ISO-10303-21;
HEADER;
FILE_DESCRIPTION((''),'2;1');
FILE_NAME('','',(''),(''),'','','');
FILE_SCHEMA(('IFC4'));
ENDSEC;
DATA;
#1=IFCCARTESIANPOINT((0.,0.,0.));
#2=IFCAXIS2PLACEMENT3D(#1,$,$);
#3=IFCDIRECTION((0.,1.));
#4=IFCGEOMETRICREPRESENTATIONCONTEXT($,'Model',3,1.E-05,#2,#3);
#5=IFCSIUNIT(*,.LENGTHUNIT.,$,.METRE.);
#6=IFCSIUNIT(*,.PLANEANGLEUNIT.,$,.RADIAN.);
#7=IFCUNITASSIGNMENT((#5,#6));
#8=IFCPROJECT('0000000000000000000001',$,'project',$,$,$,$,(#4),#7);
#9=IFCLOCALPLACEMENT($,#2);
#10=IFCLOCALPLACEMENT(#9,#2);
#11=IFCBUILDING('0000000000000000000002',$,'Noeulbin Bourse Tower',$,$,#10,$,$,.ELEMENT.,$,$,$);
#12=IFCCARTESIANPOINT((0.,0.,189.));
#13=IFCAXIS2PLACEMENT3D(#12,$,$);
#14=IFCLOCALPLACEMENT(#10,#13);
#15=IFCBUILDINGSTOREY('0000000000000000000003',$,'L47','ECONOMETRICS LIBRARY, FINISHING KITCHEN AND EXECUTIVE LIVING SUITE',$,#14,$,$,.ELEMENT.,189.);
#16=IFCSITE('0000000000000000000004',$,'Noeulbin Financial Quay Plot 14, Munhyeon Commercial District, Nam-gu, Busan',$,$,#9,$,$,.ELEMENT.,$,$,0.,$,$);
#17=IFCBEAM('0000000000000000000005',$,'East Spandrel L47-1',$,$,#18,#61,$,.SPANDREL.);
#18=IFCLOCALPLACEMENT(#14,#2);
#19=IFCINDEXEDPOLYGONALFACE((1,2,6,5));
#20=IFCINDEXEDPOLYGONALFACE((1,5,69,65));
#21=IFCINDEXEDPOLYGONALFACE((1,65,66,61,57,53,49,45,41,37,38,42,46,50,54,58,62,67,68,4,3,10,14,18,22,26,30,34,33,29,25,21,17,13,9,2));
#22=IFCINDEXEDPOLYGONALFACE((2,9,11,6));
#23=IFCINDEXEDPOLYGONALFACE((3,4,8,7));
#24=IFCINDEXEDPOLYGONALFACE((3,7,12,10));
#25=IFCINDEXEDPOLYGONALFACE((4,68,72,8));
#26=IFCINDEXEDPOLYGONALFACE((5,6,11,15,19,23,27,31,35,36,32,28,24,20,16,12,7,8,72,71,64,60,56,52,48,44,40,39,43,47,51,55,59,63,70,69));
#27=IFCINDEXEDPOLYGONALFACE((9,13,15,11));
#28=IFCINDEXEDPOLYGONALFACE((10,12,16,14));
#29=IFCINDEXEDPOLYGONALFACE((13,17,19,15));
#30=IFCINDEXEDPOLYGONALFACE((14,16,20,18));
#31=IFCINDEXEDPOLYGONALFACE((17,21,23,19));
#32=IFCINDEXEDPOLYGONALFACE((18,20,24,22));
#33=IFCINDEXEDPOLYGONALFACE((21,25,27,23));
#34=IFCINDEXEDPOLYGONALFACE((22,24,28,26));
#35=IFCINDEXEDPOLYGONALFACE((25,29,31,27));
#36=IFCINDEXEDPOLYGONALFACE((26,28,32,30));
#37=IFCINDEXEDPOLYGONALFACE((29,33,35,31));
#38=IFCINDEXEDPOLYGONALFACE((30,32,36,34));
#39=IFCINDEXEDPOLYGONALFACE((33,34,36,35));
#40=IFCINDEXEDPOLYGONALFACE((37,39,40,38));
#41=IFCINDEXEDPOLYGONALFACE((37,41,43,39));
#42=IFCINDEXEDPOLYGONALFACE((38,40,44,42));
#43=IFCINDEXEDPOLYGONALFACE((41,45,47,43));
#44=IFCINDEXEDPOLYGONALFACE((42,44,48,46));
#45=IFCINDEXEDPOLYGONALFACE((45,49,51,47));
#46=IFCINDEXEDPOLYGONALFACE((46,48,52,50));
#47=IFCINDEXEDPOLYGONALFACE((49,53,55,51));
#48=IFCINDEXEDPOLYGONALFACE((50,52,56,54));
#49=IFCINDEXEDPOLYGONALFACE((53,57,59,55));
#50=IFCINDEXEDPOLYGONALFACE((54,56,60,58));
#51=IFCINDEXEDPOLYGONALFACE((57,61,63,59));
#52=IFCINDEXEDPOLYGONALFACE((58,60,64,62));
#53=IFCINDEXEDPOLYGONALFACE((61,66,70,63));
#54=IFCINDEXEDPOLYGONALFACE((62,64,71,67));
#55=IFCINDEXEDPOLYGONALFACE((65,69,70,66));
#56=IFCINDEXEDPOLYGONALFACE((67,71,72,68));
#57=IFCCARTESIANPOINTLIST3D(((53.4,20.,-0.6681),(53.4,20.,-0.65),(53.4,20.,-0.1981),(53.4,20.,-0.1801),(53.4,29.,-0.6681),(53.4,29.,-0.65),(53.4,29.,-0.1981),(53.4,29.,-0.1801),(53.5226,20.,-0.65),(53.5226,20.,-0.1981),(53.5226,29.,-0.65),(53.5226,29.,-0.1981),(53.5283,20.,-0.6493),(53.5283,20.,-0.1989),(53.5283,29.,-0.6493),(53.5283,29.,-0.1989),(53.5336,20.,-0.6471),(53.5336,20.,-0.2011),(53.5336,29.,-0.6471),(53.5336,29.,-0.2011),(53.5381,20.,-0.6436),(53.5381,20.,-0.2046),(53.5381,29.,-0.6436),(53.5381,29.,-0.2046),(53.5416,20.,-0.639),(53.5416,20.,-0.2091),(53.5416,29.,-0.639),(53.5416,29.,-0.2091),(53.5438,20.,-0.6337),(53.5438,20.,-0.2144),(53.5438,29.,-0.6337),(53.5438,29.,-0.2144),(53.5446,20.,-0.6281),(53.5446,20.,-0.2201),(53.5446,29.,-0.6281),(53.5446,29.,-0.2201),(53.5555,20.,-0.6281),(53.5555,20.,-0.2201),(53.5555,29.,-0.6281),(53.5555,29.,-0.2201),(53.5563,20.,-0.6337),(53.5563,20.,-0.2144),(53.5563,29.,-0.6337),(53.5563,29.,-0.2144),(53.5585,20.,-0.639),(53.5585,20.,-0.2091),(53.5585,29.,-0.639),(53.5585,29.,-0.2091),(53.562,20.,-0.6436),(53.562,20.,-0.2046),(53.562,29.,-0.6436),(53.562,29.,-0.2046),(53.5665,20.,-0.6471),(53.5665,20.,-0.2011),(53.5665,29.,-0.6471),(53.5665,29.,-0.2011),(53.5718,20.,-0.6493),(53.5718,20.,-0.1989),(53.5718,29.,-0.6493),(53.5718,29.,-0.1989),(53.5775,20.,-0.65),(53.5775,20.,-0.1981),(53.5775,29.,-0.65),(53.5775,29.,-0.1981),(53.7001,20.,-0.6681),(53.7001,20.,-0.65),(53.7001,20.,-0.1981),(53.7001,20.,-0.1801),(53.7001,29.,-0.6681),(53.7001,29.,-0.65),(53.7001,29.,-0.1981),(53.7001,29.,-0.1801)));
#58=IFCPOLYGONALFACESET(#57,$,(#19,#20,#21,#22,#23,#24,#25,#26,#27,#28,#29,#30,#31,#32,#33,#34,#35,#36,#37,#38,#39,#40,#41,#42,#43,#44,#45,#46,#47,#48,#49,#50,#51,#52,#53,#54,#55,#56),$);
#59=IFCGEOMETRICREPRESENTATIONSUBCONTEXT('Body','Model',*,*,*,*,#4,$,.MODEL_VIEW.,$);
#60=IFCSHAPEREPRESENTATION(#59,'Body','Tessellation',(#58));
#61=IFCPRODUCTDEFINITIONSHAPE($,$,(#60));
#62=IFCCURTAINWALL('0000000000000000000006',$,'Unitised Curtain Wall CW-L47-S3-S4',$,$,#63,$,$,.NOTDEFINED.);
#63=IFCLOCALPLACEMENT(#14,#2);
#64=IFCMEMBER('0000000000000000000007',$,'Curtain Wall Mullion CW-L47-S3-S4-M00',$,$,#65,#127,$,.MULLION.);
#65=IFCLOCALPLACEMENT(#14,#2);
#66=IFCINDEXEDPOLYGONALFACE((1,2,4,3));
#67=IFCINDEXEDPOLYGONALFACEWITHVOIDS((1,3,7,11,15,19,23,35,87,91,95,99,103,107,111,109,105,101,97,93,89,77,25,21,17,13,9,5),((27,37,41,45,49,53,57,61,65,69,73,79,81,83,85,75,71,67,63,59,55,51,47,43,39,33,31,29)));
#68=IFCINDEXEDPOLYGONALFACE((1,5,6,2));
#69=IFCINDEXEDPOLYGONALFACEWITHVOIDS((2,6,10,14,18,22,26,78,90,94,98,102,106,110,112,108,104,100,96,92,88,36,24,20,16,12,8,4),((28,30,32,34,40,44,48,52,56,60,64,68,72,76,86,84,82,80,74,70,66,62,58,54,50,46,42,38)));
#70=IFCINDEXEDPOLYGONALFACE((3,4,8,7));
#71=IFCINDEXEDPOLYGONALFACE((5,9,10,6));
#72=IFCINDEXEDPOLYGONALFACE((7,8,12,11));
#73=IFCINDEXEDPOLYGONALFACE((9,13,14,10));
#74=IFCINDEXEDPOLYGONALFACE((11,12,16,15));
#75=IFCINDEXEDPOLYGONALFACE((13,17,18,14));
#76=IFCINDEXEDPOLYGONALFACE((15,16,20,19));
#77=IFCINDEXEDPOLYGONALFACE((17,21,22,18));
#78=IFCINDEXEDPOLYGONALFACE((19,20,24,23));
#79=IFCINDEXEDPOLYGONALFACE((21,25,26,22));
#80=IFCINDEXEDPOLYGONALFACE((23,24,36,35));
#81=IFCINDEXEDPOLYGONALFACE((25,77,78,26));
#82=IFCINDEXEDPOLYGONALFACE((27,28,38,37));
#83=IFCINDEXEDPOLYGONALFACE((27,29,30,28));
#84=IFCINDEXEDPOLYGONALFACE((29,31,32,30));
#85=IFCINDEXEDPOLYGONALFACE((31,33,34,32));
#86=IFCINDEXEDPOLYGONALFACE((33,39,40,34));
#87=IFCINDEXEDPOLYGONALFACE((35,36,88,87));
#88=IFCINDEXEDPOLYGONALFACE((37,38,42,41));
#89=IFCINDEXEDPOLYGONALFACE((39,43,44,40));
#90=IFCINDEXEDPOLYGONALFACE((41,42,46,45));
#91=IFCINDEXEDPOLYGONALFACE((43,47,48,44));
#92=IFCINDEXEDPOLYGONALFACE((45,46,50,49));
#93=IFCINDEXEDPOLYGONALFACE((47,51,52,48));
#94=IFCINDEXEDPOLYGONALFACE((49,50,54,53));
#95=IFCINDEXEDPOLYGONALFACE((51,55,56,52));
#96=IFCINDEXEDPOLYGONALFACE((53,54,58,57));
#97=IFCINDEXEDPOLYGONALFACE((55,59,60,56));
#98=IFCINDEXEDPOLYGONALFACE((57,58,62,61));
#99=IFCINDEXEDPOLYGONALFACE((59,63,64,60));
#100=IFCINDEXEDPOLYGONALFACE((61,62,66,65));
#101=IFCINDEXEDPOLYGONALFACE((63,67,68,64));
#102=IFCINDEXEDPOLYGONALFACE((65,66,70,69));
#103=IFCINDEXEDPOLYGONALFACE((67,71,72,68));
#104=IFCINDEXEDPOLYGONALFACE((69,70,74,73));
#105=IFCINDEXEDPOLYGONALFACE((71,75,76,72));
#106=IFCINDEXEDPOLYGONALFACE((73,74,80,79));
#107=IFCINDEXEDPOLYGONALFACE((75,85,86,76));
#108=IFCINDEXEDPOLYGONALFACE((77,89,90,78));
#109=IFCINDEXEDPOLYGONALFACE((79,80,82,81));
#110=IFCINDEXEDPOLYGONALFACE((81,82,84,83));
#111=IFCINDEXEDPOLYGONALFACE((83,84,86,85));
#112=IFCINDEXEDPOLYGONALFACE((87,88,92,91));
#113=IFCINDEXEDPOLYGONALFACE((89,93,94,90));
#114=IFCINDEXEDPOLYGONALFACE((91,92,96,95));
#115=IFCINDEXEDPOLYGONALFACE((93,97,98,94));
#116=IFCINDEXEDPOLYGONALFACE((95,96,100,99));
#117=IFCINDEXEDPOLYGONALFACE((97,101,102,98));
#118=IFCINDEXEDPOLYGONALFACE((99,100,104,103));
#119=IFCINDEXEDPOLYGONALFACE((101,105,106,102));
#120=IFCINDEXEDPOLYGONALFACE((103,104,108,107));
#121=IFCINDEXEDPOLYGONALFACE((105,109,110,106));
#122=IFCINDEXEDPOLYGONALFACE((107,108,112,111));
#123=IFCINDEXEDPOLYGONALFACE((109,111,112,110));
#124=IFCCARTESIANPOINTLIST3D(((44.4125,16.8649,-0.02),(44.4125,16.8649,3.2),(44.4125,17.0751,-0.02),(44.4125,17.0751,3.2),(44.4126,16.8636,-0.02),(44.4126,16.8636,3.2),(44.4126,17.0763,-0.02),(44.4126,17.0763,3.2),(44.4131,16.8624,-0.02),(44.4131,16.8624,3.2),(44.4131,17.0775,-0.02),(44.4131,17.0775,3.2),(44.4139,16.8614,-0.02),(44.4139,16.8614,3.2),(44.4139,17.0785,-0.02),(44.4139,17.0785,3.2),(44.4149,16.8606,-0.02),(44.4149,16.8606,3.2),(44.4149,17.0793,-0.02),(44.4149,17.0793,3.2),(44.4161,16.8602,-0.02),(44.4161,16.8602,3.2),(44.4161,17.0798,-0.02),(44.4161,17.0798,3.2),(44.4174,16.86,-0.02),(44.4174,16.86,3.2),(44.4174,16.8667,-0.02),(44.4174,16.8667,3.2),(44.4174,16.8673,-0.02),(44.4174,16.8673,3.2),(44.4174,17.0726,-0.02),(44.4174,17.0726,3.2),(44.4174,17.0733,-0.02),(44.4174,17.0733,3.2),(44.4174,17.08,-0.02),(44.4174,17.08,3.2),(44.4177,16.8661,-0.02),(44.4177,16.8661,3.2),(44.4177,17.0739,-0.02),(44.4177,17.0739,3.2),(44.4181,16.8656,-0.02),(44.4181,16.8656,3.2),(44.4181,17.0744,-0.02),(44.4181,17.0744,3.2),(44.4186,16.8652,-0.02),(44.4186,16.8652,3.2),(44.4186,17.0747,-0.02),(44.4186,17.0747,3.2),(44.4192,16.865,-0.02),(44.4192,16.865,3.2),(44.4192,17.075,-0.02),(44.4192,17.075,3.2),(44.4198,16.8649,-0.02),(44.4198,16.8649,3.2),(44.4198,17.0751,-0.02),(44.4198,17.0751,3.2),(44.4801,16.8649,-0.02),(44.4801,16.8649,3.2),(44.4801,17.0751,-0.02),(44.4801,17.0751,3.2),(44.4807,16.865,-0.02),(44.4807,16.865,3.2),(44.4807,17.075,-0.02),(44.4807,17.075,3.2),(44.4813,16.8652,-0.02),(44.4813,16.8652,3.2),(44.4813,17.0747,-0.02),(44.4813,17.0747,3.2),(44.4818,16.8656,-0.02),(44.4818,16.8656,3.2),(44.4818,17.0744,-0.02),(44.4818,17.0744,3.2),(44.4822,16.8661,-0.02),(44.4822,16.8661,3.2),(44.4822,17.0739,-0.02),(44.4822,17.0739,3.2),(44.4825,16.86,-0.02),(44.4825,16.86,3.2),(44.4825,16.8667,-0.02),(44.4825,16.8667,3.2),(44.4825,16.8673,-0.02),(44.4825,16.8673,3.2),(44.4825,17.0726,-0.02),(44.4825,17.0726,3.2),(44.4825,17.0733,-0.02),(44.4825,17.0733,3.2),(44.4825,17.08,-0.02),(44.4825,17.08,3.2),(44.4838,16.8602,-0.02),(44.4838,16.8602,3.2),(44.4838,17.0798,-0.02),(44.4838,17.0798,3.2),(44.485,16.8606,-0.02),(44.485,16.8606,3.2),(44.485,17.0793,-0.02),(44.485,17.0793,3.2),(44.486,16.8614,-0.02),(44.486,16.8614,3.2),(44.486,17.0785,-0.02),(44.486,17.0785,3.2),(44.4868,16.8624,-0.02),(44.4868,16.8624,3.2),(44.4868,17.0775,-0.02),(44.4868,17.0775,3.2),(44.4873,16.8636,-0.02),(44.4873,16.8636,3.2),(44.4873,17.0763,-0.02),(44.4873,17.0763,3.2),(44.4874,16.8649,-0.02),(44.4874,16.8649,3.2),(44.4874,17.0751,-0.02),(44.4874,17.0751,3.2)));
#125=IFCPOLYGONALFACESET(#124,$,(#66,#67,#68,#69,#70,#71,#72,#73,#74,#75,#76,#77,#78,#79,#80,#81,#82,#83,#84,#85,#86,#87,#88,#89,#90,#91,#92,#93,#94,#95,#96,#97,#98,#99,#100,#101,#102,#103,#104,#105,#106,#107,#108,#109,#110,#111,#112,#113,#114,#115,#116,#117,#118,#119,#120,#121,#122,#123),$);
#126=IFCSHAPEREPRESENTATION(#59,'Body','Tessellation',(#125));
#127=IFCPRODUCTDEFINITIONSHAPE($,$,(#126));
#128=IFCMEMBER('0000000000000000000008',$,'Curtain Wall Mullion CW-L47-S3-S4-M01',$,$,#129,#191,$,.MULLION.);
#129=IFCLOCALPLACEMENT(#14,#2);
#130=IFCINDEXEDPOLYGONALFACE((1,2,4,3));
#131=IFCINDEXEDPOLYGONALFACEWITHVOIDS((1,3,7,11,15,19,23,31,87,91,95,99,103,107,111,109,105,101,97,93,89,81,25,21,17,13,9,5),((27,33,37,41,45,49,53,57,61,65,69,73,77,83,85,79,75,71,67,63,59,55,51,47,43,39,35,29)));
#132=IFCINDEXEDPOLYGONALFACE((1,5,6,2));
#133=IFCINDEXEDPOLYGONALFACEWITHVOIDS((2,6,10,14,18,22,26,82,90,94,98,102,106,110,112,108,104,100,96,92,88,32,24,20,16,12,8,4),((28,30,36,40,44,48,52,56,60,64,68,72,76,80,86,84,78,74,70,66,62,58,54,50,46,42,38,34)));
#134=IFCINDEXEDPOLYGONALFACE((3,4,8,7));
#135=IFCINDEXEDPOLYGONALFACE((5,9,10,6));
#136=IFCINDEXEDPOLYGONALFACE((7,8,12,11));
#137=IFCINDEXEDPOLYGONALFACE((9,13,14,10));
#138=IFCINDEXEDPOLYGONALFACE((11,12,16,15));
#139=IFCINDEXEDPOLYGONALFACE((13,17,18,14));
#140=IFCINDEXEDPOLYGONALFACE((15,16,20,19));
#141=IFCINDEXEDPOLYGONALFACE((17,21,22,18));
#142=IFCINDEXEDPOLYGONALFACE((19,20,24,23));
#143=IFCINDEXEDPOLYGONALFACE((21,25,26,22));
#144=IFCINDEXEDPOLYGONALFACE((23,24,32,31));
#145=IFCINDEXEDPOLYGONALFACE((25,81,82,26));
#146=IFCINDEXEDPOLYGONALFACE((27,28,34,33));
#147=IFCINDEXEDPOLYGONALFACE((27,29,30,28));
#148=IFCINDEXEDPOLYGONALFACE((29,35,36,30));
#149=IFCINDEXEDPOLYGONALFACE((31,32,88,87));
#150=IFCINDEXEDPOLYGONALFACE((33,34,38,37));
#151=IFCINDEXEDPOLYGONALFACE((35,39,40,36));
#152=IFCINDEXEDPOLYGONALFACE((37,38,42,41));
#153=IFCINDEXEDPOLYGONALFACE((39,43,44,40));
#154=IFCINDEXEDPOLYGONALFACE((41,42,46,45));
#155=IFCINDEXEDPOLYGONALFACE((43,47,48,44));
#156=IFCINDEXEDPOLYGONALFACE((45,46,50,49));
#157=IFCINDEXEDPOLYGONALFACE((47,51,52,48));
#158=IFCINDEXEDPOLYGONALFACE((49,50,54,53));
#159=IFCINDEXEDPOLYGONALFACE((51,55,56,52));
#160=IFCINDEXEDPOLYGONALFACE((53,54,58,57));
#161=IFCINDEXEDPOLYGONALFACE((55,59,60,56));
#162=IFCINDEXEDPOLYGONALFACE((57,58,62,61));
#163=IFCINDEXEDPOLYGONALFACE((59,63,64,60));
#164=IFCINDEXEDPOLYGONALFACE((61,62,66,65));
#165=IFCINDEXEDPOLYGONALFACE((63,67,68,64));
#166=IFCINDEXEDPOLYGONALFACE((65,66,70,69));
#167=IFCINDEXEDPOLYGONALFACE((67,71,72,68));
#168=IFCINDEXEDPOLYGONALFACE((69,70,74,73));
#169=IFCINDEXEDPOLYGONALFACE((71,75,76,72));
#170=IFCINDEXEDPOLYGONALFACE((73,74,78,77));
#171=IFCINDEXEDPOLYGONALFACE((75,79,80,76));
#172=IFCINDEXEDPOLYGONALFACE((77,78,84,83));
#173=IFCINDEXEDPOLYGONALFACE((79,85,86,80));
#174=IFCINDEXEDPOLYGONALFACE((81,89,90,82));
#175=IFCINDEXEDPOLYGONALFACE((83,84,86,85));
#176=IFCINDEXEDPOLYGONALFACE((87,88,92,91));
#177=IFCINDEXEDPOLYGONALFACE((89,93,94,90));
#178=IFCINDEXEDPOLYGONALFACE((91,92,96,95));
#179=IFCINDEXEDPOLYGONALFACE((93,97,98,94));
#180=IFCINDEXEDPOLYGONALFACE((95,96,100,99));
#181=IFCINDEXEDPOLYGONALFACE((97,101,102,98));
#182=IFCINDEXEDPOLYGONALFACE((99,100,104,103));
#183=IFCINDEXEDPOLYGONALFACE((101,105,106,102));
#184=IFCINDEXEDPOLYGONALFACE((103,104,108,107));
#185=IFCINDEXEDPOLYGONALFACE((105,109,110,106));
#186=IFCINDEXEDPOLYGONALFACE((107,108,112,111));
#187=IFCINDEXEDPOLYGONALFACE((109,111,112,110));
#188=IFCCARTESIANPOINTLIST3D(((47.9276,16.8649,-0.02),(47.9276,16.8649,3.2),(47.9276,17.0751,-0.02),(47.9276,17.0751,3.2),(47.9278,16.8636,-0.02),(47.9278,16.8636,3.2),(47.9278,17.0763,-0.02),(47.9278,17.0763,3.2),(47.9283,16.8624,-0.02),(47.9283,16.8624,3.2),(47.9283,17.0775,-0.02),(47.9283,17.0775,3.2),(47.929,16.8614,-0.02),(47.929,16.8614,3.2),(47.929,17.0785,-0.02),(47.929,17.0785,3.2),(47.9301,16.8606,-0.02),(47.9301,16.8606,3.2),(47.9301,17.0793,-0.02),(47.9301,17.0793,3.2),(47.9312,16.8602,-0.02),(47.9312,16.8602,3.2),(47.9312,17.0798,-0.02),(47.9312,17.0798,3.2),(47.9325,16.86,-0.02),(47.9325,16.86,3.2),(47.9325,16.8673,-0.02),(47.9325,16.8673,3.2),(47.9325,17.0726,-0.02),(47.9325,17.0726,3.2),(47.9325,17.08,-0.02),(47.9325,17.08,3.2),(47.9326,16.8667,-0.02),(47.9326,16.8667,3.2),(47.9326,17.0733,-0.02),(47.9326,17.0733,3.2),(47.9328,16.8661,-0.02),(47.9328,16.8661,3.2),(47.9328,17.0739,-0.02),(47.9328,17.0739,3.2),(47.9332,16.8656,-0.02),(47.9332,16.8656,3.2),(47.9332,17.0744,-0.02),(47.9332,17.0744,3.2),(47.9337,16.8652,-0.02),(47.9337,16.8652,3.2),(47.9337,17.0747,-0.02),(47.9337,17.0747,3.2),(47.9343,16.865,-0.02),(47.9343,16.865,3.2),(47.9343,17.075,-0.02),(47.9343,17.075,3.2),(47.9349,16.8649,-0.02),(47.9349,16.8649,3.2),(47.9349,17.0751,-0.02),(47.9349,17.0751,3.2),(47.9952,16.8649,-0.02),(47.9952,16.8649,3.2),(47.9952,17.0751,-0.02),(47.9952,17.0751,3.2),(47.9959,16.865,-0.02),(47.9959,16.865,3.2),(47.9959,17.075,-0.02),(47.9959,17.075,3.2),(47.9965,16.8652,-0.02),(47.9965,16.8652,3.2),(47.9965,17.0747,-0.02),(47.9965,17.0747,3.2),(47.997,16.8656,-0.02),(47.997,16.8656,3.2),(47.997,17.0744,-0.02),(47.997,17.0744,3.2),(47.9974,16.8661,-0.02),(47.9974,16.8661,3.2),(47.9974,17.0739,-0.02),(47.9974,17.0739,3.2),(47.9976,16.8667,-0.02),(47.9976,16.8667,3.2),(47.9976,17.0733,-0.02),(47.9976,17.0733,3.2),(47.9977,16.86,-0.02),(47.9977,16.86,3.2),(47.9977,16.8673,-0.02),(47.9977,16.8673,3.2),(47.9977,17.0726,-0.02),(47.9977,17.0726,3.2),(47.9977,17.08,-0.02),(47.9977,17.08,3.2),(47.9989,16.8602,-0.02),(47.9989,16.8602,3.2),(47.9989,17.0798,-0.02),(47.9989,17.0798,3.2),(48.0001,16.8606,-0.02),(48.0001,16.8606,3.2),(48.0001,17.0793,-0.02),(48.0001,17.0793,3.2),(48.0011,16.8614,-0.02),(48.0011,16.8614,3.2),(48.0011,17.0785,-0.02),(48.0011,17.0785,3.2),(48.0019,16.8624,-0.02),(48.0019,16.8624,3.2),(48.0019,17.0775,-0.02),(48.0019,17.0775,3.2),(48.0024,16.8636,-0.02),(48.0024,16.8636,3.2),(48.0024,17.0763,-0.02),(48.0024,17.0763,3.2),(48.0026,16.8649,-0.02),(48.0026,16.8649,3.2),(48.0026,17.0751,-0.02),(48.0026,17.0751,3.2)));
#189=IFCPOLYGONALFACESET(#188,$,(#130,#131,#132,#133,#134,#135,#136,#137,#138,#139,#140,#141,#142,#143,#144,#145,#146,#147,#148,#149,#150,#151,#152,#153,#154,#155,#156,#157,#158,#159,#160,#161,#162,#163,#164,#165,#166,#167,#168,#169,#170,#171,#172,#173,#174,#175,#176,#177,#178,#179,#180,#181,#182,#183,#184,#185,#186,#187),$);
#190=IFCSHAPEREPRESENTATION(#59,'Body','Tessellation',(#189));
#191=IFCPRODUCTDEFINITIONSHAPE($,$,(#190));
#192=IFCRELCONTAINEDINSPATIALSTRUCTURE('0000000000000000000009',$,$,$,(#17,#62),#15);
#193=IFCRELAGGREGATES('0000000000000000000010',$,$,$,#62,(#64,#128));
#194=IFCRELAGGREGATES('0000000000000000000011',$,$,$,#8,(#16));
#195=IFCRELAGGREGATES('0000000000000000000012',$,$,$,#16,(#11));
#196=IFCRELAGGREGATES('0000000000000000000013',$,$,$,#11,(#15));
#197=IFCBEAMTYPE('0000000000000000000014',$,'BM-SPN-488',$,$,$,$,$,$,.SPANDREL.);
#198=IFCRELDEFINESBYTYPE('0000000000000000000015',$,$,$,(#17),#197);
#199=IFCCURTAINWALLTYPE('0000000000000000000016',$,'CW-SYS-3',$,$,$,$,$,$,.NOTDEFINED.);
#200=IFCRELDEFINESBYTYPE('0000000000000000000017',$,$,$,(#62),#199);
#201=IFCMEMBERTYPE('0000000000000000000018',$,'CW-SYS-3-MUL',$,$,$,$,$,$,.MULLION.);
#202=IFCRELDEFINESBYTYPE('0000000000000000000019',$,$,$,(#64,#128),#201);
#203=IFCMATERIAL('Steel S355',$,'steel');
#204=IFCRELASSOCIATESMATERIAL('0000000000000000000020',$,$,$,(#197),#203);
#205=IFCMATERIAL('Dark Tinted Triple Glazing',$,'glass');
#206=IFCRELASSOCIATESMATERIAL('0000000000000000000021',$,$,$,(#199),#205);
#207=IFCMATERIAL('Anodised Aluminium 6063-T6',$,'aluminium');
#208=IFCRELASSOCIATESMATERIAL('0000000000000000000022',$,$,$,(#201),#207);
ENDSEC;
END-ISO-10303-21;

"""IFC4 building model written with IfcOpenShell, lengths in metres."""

from ifc_helpers import new_model, si_unit, direction, frame, origin, origin_2d, place, context, subcontext, project, spatial, hollow_rectangle, i_section, extrude, material, material_profile, profile_set, type_object, element, aggregate, save


model = new_model("IFC4")

# Units and contexts
model_context = context("Model", 3, precision=1e-05, world=origin(), true_north=direction((0.0, 1.0)))
body_context = subcontext(model_context, "Body", "Model", "MODEL_VIEW")
ifc_project = project(units=[si_unit("LENGTHUNIT", "METRE"), si_unit("PLANEANGLEUNIT", "RADIAN")], contexts=[model_context])

# Site, building, storey
site_placement = place(None, origin())
site = spatial("IfcSite", under=ifc_project, at=site_placement, Name="Noeulbin Financial Quay Plot 14, Munhyeon Commercial District, Nam-gu, Busan", CompositionType="ELEMENT", RefElevation=0.0)
building_placement = place(site_placement, origin())
building = spatial("IfcBuilding", under=site, at=building_placement, Name="Noeulbin Bourse Tower", CompositionType="ELEMENT")
storey_placement = place(building_placement, frame((0.0, 0.0, 189.0)))
storey = spatial("IfcBuildingStorey", under=building, at=storey_placement, Name="L47", Description="ECONOMETRICS LIBRARY, FINISHING KITCHEN AND EXECUTIVE LIVING SUITE", CompositionType="ELEMENT", Elevation=189.0)

# Shared definitions
ifc_material_1 = material(Name="Steel S355", Category="steel")

# Beam
ifc_material_profile_1 = material_profile(ifc_material_1, i_section(OverallWidth=0.3, OverallDepth=0.488, WebThickness=0.011, FlangeThickness=0.0181, FilletRadius=0.022, at=origin_2d()), Name="H-488x300x11x18", Category="LoadBearing")
ifc_profile_set_1 = profile_set([ifc_material_profile_1], Name="Steel S355")
beam_type_1 = type_object("IfcBeamType", Name="BM-SPN-488", PredefinedType="SPANDREL", material=ifc_profile_set_1)
beam_1_placement = place(storey_placement, frame((53.55, 20.0, -0.4241), z_axis=(0.0, 1.0, 0.0), x_axis=(-1.0, 0.0, 0.0)))
element("IfcBeam", 1, at=beam_1_placement, inside=storey, type_object=beam_type_1, Name="East Spandrel L47-1", PredefinedType="SPANDREL", context=body_context, shape_type="SweptSolid", body=[
    extrude(i_section(OverallWidth=0.3, OverallDepth=0.488, WebThickness=0.011, FlangeThickness=0.0181, FilletRadius=0.022, at=origin_2d()), origin(), (0.0, 0.0, 1.0), 9.0),
])

# Curtain wall, members
ifc_material_2 = material(Name="Dark Tinted Triple Glazing", Category="glass")
curtain_wall_type = type_object("IfcCurtainWallType", Name="CW-SYS-3", PredefinedType="NOTDEFINED", material=ifc_material_2)
curtain_wall_1_placement = place(storey_placement, origin())
curtain_wall_1 = element("IfcCurtainWall", 2, at=curtain_wall_1_placement, inside=storey, type_object=curtain_wall_type, Name="Unitised Curtain Wall CW-L47-S3-S4", PredefinedType="NOTDEFINED")
ifc_material_3 = material(Name="Anodised Aluminium 6063-T6", Category="aluminium")
ifc_material_profile_2 = material_profile(ifc_material_3, hollow_rectangle(XDim=0.075, YDim=0.22, WallThickness=0.0049, InnerFilletRadius=0.0024, OuterFilletRadius=0.0049, at=origin_2d()), Name="ALU-MULL-75x220x5", Category="LoadBearing")
ifc_profile_set_2 = profile_set([ifc_material_profile_2], Name="Anodised Aluminium 6063-T6")
member_type_1 = type_object("IfcMemberType", Name="CW-SYS-3-MUL", PredefinedType="MULLION", material=ifc_profile_set_2)
member_1_placement = place(storey_placement, frame((44.45, 16.97, -0.02), z_axis=(0.0, 0.0, 1.0), x_axis=(1.0, 0.0, 0.0)))
member_1 = element("IfcMember", 3, at=member_1_placement, type_object=member_type_1, Name="Curtain Wall Mullion CW-L47-S3-S4-M00", PredefinedType="MULLION", context=body_context, shape_type="SweptSolid", body=[
    extrude(hollow_rectangle(XDim=0.075, YDim=0.22, WallThickness=0.0049, InnerFilletRadius=0.0024, OuterFilletRadius=0.0049, at=origin_2d()), origin(), (0.0, 0.0, 1.0), 3.22),
])
member_2_placement = place(storey_placement, frame((47.9651, 16.97, -0.02), z_axis=(0.0, 0.0, 1.0), x_axis=(1.0, 0.0, 0.0)))
member_2 = element("IfcMember", 4, at=member_2_placement, type_object=member_type_1, Name="Curtain Wall Mullion CW-L47-S3-S4-M01", PredefinedType="MULLION", context=body_context, shape_type="SweptSolid", body=[
    extrude(hollow_rectangle(XDim=0.075, YDim=0.22, WallThickness=0.0049, InnerFilletRadius=0.0024, OuterFilletRadius=0.0049, at=origin_2d()), origin(), (0.0, 0.0, 1.0), 3.22),
])

aggregate(curtain_wall_1, [member_1, member_2])

save(model, "model.ifc")
